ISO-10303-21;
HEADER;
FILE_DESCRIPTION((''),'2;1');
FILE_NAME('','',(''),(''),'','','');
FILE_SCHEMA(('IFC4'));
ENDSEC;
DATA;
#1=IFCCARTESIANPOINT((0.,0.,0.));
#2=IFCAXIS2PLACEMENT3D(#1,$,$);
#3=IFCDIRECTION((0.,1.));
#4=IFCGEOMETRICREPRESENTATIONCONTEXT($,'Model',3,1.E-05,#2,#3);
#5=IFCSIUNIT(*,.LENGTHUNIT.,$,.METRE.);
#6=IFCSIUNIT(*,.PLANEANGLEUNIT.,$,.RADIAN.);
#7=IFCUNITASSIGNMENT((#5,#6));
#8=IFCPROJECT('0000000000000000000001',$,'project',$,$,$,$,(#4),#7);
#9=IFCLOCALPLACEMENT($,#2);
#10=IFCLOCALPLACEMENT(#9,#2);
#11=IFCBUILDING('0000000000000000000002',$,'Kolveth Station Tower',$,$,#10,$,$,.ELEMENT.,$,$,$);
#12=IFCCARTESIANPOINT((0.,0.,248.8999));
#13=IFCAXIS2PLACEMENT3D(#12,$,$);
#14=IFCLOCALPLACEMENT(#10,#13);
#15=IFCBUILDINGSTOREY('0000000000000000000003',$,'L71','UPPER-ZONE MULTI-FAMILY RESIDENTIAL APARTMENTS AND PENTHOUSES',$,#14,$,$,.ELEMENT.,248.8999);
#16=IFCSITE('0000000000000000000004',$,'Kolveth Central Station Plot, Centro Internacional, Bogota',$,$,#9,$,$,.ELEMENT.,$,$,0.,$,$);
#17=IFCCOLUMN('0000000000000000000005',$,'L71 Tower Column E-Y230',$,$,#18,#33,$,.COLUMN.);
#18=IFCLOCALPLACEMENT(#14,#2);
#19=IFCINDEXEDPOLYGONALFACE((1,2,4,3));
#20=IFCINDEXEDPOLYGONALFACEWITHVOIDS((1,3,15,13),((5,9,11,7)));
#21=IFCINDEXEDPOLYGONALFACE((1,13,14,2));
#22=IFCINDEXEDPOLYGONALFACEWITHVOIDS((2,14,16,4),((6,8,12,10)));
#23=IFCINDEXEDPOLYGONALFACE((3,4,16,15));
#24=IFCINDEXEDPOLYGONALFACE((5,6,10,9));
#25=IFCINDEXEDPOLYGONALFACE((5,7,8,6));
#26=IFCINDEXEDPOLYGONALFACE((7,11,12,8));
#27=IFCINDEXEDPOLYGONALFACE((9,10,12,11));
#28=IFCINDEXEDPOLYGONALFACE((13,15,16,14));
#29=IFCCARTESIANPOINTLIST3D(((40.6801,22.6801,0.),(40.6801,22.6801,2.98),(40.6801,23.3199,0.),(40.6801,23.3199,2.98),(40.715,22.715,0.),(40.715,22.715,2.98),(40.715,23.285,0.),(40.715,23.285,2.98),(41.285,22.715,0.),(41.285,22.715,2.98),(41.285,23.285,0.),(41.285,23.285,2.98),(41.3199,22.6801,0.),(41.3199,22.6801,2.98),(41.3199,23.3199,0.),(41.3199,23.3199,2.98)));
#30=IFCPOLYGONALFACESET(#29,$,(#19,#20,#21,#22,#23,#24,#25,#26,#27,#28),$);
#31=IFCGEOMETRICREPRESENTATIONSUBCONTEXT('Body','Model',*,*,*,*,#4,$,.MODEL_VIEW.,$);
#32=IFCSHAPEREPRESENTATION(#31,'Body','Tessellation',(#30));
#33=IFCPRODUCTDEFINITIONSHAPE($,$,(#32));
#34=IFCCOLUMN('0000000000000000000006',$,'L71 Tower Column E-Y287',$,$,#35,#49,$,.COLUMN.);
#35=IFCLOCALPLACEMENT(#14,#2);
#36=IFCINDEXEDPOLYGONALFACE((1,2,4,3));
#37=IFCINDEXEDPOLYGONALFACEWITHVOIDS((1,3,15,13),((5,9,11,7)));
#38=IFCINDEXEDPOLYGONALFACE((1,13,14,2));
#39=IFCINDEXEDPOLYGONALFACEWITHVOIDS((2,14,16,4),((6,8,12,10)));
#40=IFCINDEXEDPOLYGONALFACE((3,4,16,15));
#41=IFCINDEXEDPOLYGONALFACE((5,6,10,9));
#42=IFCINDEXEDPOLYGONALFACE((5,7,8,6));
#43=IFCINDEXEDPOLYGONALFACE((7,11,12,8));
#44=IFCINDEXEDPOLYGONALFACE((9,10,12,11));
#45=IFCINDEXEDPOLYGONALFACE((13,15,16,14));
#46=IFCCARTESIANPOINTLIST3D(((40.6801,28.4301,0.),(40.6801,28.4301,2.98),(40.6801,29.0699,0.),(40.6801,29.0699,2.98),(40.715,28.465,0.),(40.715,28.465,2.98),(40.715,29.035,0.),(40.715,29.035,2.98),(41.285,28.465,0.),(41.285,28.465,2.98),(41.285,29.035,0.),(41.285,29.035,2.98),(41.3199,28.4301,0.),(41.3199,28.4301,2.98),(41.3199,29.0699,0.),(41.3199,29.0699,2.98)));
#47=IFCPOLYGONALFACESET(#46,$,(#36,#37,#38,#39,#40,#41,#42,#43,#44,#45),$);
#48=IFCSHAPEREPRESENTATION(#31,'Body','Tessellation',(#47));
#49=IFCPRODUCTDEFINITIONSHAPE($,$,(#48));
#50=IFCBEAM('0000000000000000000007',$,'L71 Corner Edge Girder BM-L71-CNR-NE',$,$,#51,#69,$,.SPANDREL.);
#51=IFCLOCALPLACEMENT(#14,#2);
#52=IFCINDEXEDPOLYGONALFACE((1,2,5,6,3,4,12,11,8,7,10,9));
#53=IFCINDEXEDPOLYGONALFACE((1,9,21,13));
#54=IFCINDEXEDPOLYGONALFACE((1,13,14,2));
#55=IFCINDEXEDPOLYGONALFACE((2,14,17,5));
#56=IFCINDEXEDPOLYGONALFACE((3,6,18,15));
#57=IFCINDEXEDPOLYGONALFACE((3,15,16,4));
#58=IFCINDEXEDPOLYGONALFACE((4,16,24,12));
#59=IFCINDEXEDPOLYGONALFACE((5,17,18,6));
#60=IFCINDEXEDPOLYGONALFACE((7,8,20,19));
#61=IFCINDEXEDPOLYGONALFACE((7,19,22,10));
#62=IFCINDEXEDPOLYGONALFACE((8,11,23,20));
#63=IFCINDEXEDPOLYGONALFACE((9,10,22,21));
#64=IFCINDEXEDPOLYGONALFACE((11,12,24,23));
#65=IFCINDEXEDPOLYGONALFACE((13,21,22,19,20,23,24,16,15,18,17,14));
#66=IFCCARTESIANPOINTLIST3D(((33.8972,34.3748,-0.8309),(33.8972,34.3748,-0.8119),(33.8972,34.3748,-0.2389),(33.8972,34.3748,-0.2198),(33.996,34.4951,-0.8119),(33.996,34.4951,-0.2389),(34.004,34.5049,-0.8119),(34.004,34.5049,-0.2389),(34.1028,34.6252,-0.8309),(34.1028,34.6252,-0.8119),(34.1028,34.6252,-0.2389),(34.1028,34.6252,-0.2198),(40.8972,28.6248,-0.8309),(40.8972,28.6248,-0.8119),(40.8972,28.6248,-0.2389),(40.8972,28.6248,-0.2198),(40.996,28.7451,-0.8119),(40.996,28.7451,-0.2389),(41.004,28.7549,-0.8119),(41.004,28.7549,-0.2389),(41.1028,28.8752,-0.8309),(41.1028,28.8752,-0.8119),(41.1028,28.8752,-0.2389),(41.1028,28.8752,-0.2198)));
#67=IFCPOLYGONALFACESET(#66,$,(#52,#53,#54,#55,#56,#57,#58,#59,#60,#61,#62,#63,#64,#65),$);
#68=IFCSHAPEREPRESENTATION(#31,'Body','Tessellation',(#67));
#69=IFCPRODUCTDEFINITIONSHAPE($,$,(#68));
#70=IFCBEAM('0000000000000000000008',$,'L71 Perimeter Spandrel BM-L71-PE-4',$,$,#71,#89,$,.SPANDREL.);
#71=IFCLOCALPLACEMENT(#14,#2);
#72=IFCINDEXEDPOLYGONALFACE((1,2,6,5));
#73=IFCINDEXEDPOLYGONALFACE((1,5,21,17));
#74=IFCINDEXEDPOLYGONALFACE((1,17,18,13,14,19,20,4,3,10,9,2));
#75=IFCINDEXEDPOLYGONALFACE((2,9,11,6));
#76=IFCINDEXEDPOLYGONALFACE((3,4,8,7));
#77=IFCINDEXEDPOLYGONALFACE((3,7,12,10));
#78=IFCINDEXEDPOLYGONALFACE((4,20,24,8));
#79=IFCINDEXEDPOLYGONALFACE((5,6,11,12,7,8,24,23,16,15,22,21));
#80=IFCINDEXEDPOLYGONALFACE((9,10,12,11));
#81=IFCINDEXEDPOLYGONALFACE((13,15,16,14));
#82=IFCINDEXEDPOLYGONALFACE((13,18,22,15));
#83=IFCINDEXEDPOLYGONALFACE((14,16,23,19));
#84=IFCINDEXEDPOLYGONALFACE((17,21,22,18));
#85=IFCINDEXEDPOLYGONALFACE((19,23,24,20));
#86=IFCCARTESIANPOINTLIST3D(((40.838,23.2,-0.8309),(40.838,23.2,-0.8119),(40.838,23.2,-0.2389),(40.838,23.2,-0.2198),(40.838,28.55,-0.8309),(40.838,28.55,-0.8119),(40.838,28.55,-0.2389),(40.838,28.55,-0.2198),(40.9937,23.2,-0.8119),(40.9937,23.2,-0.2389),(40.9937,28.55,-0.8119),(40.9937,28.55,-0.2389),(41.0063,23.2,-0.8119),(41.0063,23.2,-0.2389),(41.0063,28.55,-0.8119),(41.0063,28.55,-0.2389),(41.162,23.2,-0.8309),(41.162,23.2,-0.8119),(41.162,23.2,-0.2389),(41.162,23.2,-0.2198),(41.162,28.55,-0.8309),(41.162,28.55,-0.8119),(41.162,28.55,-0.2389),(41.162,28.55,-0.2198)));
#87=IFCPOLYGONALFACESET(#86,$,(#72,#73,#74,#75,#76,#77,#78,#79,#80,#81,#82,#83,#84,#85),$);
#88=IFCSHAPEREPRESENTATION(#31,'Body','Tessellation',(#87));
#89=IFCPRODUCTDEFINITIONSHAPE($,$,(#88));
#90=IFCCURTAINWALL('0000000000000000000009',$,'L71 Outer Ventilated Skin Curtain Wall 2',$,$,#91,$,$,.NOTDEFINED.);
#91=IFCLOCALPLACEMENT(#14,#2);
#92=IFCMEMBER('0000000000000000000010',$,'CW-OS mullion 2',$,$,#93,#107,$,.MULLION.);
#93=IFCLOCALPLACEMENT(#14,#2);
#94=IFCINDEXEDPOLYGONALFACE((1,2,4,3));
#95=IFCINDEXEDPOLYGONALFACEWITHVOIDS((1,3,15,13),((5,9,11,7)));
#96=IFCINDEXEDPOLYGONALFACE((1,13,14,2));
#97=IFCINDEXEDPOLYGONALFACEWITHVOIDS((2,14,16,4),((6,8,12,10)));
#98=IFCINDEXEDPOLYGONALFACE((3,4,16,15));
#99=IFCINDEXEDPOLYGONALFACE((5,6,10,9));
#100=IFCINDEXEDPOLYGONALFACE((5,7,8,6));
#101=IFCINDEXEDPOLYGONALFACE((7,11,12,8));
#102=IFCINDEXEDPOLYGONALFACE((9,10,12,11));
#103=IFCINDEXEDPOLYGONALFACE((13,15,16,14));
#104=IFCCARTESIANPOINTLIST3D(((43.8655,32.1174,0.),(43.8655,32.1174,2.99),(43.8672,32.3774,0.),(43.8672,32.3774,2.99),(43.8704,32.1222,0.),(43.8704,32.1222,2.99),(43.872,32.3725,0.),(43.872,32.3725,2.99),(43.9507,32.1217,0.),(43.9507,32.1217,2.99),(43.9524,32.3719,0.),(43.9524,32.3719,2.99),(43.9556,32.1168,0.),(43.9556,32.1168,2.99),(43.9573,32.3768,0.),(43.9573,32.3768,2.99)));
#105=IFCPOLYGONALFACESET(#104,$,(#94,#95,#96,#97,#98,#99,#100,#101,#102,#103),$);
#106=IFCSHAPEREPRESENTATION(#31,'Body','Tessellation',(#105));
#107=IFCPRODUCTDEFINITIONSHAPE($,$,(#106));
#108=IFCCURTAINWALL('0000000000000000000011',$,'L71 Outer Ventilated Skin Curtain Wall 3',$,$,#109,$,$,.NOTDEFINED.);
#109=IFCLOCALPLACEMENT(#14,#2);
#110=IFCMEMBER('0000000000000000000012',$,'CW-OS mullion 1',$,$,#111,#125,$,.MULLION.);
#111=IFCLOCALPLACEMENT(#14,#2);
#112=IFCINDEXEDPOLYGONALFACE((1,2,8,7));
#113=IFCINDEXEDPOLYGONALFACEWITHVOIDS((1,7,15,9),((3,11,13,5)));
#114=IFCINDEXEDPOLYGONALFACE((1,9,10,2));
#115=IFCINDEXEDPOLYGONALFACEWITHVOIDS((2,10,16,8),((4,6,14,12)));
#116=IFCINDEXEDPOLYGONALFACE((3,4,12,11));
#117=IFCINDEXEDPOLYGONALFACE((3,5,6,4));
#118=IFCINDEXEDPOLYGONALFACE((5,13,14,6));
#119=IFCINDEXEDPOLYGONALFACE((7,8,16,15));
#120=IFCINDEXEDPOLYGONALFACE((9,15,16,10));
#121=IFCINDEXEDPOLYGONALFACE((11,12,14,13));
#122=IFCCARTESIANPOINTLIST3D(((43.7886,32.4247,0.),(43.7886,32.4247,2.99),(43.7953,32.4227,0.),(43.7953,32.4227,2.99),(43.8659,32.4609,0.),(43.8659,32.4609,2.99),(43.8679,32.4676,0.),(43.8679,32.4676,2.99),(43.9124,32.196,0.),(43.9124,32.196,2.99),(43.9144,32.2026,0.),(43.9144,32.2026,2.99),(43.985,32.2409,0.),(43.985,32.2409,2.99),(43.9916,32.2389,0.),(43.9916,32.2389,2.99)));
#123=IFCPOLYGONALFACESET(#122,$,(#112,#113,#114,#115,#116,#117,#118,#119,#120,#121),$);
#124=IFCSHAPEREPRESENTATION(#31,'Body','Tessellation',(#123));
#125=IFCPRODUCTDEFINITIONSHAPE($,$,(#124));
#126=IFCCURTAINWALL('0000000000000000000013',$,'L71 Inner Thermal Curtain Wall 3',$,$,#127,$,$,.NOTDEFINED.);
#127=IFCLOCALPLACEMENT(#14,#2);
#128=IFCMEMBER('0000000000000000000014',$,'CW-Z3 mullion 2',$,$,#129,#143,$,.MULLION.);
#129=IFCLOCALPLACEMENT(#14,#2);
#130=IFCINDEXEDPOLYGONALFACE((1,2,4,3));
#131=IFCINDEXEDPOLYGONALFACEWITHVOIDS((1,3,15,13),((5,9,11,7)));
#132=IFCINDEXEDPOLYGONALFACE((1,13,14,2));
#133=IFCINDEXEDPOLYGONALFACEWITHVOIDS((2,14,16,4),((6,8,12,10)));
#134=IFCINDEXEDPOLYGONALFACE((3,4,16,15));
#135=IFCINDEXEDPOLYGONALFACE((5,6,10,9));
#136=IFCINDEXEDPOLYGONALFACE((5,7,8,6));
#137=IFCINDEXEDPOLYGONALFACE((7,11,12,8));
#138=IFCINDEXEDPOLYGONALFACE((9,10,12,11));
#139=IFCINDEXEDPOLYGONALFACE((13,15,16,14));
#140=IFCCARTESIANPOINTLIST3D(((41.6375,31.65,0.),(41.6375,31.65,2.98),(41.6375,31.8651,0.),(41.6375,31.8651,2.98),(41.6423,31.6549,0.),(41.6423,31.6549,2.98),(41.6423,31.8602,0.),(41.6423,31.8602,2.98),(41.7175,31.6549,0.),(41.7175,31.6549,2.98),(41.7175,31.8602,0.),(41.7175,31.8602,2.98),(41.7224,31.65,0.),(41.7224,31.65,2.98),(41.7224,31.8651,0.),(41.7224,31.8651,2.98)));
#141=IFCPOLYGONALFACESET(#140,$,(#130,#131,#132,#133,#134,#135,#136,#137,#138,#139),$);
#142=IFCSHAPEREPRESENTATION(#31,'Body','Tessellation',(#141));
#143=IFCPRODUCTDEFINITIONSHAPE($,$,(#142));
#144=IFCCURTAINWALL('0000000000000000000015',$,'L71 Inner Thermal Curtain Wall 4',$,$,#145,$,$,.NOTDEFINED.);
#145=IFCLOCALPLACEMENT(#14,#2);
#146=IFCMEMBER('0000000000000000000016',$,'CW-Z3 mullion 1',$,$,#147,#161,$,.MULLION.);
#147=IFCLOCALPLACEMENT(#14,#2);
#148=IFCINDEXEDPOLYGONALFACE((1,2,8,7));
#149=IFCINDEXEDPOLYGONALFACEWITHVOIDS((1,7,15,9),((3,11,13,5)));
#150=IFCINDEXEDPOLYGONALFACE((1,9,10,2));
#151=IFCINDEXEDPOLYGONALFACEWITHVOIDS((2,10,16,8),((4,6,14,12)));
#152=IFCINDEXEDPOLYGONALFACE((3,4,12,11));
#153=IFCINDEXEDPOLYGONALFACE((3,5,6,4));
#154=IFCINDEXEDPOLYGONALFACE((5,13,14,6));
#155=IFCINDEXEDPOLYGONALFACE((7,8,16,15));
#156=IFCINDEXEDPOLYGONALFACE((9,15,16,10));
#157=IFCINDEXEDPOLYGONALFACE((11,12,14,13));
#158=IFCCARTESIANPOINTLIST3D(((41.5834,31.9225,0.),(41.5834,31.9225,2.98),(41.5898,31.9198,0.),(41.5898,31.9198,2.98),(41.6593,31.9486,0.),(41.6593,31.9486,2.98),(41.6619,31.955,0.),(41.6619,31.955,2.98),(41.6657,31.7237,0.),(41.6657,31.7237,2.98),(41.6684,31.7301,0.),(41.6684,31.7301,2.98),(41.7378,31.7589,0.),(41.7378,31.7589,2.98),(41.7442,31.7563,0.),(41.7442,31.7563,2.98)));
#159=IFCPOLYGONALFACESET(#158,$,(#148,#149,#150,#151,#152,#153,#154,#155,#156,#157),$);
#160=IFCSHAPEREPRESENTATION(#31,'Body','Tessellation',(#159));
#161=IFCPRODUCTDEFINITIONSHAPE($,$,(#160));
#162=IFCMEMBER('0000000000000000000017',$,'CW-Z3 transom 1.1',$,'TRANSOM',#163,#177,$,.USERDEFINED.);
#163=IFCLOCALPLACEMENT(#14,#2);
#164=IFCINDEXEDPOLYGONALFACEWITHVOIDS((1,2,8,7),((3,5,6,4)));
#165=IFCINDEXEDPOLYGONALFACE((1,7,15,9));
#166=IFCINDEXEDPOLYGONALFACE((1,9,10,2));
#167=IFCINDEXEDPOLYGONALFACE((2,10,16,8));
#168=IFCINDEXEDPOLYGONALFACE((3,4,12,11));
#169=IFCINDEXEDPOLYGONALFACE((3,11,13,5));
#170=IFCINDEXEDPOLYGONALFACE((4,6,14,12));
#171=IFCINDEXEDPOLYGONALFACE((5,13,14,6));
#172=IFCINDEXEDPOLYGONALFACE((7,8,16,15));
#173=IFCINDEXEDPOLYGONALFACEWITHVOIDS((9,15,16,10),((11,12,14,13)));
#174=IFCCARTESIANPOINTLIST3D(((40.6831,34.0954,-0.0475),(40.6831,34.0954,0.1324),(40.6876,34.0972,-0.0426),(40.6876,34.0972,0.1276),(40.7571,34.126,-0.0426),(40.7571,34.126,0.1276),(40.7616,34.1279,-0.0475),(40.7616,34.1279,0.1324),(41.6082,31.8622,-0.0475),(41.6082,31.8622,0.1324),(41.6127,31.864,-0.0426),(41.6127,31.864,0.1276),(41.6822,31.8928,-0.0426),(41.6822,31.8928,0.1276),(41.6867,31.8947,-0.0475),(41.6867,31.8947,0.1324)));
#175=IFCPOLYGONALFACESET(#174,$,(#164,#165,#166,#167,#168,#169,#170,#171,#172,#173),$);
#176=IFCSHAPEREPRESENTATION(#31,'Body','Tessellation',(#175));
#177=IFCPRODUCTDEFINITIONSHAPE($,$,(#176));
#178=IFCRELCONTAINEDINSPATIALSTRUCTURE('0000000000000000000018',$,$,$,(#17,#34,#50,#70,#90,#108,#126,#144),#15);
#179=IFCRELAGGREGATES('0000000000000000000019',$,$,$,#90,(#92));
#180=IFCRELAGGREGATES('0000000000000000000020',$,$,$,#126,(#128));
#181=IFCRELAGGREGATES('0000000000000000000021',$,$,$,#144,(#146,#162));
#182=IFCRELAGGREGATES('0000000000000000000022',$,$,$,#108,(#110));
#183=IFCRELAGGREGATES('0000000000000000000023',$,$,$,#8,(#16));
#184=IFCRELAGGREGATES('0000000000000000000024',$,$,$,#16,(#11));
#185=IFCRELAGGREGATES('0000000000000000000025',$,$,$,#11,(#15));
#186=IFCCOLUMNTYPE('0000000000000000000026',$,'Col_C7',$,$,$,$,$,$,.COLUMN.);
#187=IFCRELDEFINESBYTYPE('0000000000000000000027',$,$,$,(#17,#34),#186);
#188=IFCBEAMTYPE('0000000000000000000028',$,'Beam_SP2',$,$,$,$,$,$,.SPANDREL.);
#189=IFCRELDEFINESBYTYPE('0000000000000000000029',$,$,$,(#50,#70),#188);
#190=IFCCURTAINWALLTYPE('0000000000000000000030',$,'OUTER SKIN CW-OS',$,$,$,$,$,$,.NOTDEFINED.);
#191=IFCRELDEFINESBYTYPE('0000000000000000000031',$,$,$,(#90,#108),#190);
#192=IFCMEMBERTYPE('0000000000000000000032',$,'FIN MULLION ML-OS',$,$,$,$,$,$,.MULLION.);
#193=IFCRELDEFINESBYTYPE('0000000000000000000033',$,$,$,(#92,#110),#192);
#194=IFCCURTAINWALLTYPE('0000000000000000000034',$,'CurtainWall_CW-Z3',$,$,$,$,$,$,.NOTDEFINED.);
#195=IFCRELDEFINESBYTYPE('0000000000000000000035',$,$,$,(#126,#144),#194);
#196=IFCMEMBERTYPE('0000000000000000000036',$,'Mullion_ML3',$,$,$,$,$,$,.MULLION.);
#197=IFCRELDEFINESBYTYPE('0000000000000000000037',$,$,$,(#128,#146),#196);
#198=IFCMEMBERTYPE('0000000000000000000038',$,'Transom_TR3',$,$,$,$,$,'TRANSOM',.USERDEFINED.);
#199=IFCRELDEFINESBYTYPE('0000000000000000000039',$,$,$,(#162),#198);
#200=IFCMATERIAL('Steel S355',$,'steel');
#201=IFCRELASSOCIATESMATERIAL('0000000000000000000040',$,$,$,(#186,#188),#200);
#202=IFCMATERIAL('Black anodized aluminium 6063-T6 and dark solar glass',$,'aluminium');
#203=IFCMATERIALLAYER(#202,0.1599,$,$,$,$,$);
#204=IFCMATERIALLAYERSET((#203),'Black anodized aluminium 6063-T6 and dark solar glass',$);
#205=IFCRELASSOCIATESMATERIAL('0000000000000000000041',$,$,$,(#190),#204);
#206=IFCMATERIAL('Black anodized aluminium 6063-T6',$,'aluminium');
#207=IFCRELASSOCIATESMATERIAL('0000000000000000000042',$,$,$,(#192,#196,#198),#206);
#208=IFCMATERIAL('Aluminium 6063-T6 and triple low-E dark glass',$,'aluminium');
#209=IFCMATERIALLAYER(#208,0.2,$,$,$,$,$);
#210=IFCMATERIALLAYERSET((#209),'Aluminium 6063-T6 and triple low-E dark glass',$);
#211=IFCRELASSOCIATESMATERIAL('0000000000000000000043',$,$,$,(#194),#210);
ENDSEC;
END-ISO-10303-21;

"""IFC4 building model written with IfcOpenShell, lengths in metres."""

from ifc_helpers import new_model, si_unit, direction, frame, origin, origin_2d, place, context, subcontext, project, spatial, hollow_rectangle, i_section, extrude, source, transform, mapped, material, layer, layer_set, material_profile, profile_set, type_object, element, aggregate, save


model = new_model("IFC4")

# Units and contexts
model_context = context("Model", 3, precision=1e-05, world=origin(), true_north=direction((0.0, 1.0)))
body_context = subcontext(model_context, "Body", "Model", "MODEL_VIEW")
ifc_project = project(units=[si_unit("LENGTHUNIT", "METRE"), si_unit("PLANEANGLEUNIT", "RADIAN")], contexts=[model_context])

# Site, building, storey
site_placement = place(None, origin())
site = spatial("IfcSite", under=ifc_project, at=site_placement, Name="Kolveth Central Station Plot, Centro Internacional, Bogota", CompositionType="ELEMENT", RefElevation=0.0)
building_placement = place(site_placement, origin())
building = spatial("IfcBuilding", under=site, at=building_placement, Name="Kolveth Station Tower", CompositionType="ELEMENT")
storey_placement = place(building_placement, frame((0.0, 0.0, 248.8999)))
storey = spatial("IfcBuildingStorey", under=building, at=storey_placement, Name="L71", Description="UPPER-ZONE MULTI-FAMILY RESIDENTIAL APARTMENTS AND PENTHOUSES", CompositionType="ELEMENT", Elevation=248.8999)

# Columns
ifc_material_1 = material(Name="Steel S355", Category="steel")
ifc_material_profile_1 = material_profile(ifc_material_1, hollow_rectangle(XDim=0.6399, YDim=0.6399, WallThickness=0.0349, at=origin_2d()), Name="BOX640x640x35")
ifc_profile_set_1 = profile_set([ifc_material_profile_1], Name="Steel S355")
column_type = type_object("IfcColumnType", Name="Col_C7", PredefinedType="COLUMN", material=ifc_profile_set_1)
shared_shape_1 = source(origin(), body_context, "Body", "SweptSolid", [
    extrude(hollow_rectangle(XDim=0.6399, YDim=0.6399, WallThickness=0.0349, at=origin_2d()), origin(), (0.0, 0.0, 1.0), 2.98),
])
for number, where, z_axis, x_axis, name in (
    (1, (41.0, 23.0, 0.0), (0.0, 0.0, 1.0), (1.0, 0.0, 0.0), "L71 Tower Column E-Y230"),
    (2, (41.0, 28.75, 0.0), (0.0, 0.0, 1.0), (1.0, 0.0, 0.0), "L71 Tower Column E-Y287"),
):
    element("IfcColumn", number, at=place(storey_placement, frame(where, z_axis=z_axis, x_axis=x_axis)), inside=storey, type_object=column_type, Name=name, PredefinedType="COLUMN", context=body_context, shape_type="MappedRepresentation", body=[
        mapped(shared_shape_1, transform((0.0, 0.0, 0.0), x_axis=(1.0, 0.0, 0.0), y_axis=(0.0, 1.0, 0.0), z_axis=(0.0, 0.0, 1.0), scale=1.0)),
    ])

# Beams
ifc_material_profile_2 = material_profile(ifc_material_1, i_section(OverallWidth=0.324, OverallDepth=0.6111, WebThickness=0.0127, FlangeThickness=0.019, at=origin_2d()), Name="W610x155")
ifc_profile_set_2 = profile_set([ifc_material_profile_2], Name="Steel S355")
beam_type = type_object("IfcBeamType", Name="Beam_SP2", PredefinedType="SPANDREL", material=ifc_profile_set_2)
shared_shape_2 = source(origin(), body_context, "Body", "SweptSolid", [
    extrude(i_section(OverallWidth=0.324, OverallDepth=0.6111, WebThickness=0.0127, FlangeThickness=0.019, at=origin_2d()), origin(), (0.0, 0.0, 1.0), 9.0588),
])
beam_1_placement = place(storey_placement, frame((41.0, 28.75, -0.5254), z_axis=(-0.772726, 0.634739, 0.0), x_axis=(-0.634739, -0.772726, 0.0)))
element("IfcBeam", 3, at=beam_1_placement, inside=storey, type_object=beam_type, Name="L71 Corner Edge Girder BM-L71-CNR-NE", PredefinedType="SPANDREL", context=body_context, shape_type="MappedRepresentation", body=[
    mapped(shared_shape_2, transform((0.0, 0.0, 0.0), x_axis=(1.0, 0.0, 0.0), y_axis=(0.0, 1.0, 0.0), z_axis=(0.0, 0.0, 1.0), scale=1.0)),
])
shared_shape_3 = source(origin(), body_context, "Body", "SweptSolid", [
    extrude(i_section(OverallWidth=0.324, OverallDepth=0.6111, WebThickness=0.0127, FlangeThickness=0.019, at=origin_2d()), origin(), (0.0, 0.0, 1.0), 5.3501),
])
beam_2_placement = place(storey_placement, frame((41.0, 23.2, -0.5254), z_axis=(0.0, 1.0, 0.0), x_axis=(-1.0, 0.0, 0.0)))
element("IfcBeam", 4, at=beam_2_placement, inside=storey, type_object=beam_type, Name="L71 Perimeter Spandrel BM-L71-PE-4", PredefinedType="SPANDREL", context=body_context, shape_type="MappedRepresentation", body=[
    mapped(shared_shape_3, transform((0.0, 0.0, 0.0), x_axis=(1.0, 0.0, 0.0), y_axis=(0.0, 1.0, 0.0), z_axis=(0.0, 0.0, 1.0), scale=1.0)),
])

# Curtain walls, members
ifc_material_2 = material(Name="Black anodized aluminium 6063-T6 and dark solar glass", Category="aluminium")
ifc_layer_1 = layer(ifc_material_2, 0.1599)
ifc_layer_set_1 = layer_set([ifc_layer_1], Name="Black anodized aluminium 6063-T6 and dark solar glass")
curtain_wall_type_1 = type_object("IfcCurtainWallType", Name="OUTER SKIN CW-OS", PredefinedType="NOTDEFINED", material=ifc_layer_set_1)
curtain_wall_1_placement = place(storey_placement, origin())
curtain_wall_1 = element("IfcCurtainWall", 5, at=curtain_wall_1_placement, inside=storey, type_object=curtain_wall_type_1, Name="L71 Outer Ventilated Skin Curtain Wall 2", PredefinedType="NOTDEFINED")
ifc_material_3 = material(Name="Black anodized aluminium 6063-T6", Category="aluminium")
ifc_material_profile_3 = material_profile(ifc_material_3, hollow_rectangle(XDim=0.0901, YDim=0.26, WallThickness=0.0049, at=origin_2d()), Name="ALU-90x260x5")
ifc_profile_set_3 = profile_set([ifc_material_profile_3], Name="Black anodized aluminium 6063-T6")
member_type_1 = type_object("IfcMemberType", Name="FIN MULLION ML-OS", PredefinedType="MULLION", material=ifc_profile_set_3)
shared_shape_4 = source(origin(), body_context, "Body", "SweptSolid", [
    extrude(hollow_rectangle(XDim=0.0901, YDim=0.26, WallThickness=0.0049, at=origin_2d()), origin(), (0.0, 0.0, 1.0), 2.99),
])
member_1_placement = place(storey_placement, frame((43.9114, 32.2471, 0.0), z_axis=(0.0, 0.0, 1.0), x_axis=(-0.999978, 0.006586, 0.0)))
member_1 = element("IfcMember", 6, at=member_1_placement, type_object=member_type_1, Name="CW-OS mullion 2", PredefinedType="MULLION", context=body_context, shape_type="MappedRepresentation", body=[
    mapped(shared_shape_4, transform((0.0, 0.0, 0.0), x_axis=(1.0, 0.0, 0.0), y_axis=(0.0, 1.0, 0.0), z_axis=(0.0, 0.0, 1.0), scale=1.0)),
])
aggregate(curtain_wall_1, [member_1])
curtain_wall_2_placement = place(storey_placement, origin())
curtain_wall_2 = element("IfcCurtainWall", 7, at=curtain_wall_2_placement, inside=storey, type_object=curtain_wall_type_1, Name="L71 Outer Ventilated Skin Curtain Wall 3", PredefinedType="NOTDEFINED")
member_2_placement = place(storey_placement, frame((43.8901, 32.3318, 0.0), z_axis=(0.0, 0.0, 1.0), x_axis=(-0.87947, -0.475954, 0.0)))
member_2 = element("IfcMember", 8, at=member_2_placement, type_object=member_type_1, Name="CW-OS mullion 1", PredefinedType="MULLION", context=body_context, shape_type="MappedRepresentation", body=[
    mapped(shared_shape_4, transform((0.0, 0.0, 0.0), x_axis=(1.0, 0.0, 0.0), y_axis=(0.0, 1.0, 0.0), z_axis=(0.0, 0.0, 1.0), scale=1.0)),
])
ifc_material_4 = material(Name="Aluminium 6063-T6 and triple low-E dark glass", Category="aluminium")
ifc_layer_2 = layer(ifc_material_4, 0.2)
ifc_layer_set_2 = layer_set([ifc_layer_2], Name="Aluminium 6063-T6 and triple low-E dark glass")
curtain_wall_type_2 = type_object("IfcCurtainWallType", Name="CurtainWall_CW-Z3", PredefinedType="NOTDEFINED", material=ifc_layer_set_2)
curtain_wall_3_placement = place(storey_placement, origin())
curtain_wall_3 = element("IfcCurtainWall", 9, at=curtain_wall_3_placement, inside=storey, type_object=curtain_wall_type_2, Name="L71 Inner Thermal Curtain Wall 3", PredefinedType="NOTDEFINED")
ifc_material_profile_4 = material_profile(ifc_material_3, hollow_rectangle(XDim=0.085, YDim=0.2151, WallThickness=0.0049, at=origin_2d()), Name="ALU-85x215x5")
ifc_profile_set_4 = profile_set([ifc_material_profile_4], Name="Black anodized aluminium 6063-T6")
member_type_2 = type_object("IfcMemberType", Name="Mullion_ML3", PredefinedType="MULLION", material=ifc_profile_set_4)
shared_shape_5 = source(origin(), body_context, "Body", "SweptSolid", [
    extrude(hollow_rectangle(XDim=0.085, YDim=0.2151, WallThickness=0.0049, at=origin_2d()), origin(), (0.0, 0.0, 1.0), 2.98),
])
member_3_placement = place(storey_placement, frame((41.6799, 31.7576, 0.0), z_axis=(0.0, 0.0, 1.0), x_axis=(-1.0, 0.0, 0.0)))
member_3 = element("IfcMember", 10, at=member_3_placement, type_object=member_type_2, Name="CW-Z3 mullion 2", PredefinedType="MULLION", context=body_context, shape_type="MappedRepresentation", body=[
    mapped(shared_shape_5, transform((0.0, 0.0, 0.0), x_axis=(1.0, 0.0, 0.0), y_axis=(0.0, 1.0, 0.0), z_axis=(0.0, 0.0, 1.0), scale=1.0)),
])
aggregate(curtain_wall_3, [member_3])

# Curtain wall, members
curtain_wall_4_placement = place(storey_placement, origin())
curtain_wall_4 = element("IfcCurtainWall", 11, at=curtain_wall_4_placement, inside=storey, type_object=curtain_wall_type_2, Name="L71 Inner Thermal Curtain Wall 4", PredefinedType="NOTDEFINED")
member_4_placement = place(storey_placement, frame((41.6638, 31.8394, 0.0), z_axis=(0.0, 0.0, 1.0), x_axis=(-0.923875, -0.382693, 0.0)))
member_4 = element("IfcMember", 12, at=member_4_placement, type_object=member_type_2, Name="CW-Z3 mullion 1", PredefinedType="MULLION", context=body_context, shape_type="MappedRepresentation", body=[
    mapped(shared_shape_5, transform((0.0, 0.0, 0.0), x_axis=(1.0, 0.0, 0.0), y_axis=(0.0, 1.0, 0.0), z_axis=(0.0, 0.0, 1.0), scale=1.0)),
])
ifc_material_profile_5 = material_profile(ifc_material_3, hollow_rectangle(XDim=0.085, YDim=0.1799, WallThickness=0.0049, at=origin_2d()), Name="ALU-85x180x5")
ifc_profile_set_5 = profile_set([ifc_material_profile_5], Name="Black anodized aluminium 6063-T6")
member_type_3 = type_object("IfcMemberType", Name="Transom_TR3", ElementType="TRANSOM", PredefinedType="USERDEFINED", material=ifc_profile_set_5)
shared_shape_6 = source(origin(), body_context, "Body", "SweptSolid", [
    extrude(hollow_rectangle(XDim=0.085, YDim=0.1799, WallThickness=0.0049, at=origin_2d()), origin(), (0.0, 0.0, 1.0), 2.4172),
])
member_5_placement = place(storey_placement, frame((41.6475, 31.8784, 0.0425), z_axis=(-0.3827, 0.923873, 0.0), x_axis=(-0.923873, -0.3827, 0.0)))
member_5 = element("IfcMember", 13, at=member_5_placement, type_object=member_type_3, Name="CW-Z3 transom 1.1", ObjectType="TRANSOM", PredefinedType="USERDEFINED", context=body_context, shape_type="MappedRepresentation", body=[
    mapped(shared_shape_6, transform((0.0, 0.0, 0.0), x_axis=(1.0, 0.0, 0.0), y_axis=(0.0, 1.0, 0.0), z_axis=(0.0, 0.0, 1.0), scale=1.0)),
])
aggregate(curtain_wall_4, [member_4, member_5])

aggregate(curtain_wall_2, [member_2])

save(model, "model.ifc")
